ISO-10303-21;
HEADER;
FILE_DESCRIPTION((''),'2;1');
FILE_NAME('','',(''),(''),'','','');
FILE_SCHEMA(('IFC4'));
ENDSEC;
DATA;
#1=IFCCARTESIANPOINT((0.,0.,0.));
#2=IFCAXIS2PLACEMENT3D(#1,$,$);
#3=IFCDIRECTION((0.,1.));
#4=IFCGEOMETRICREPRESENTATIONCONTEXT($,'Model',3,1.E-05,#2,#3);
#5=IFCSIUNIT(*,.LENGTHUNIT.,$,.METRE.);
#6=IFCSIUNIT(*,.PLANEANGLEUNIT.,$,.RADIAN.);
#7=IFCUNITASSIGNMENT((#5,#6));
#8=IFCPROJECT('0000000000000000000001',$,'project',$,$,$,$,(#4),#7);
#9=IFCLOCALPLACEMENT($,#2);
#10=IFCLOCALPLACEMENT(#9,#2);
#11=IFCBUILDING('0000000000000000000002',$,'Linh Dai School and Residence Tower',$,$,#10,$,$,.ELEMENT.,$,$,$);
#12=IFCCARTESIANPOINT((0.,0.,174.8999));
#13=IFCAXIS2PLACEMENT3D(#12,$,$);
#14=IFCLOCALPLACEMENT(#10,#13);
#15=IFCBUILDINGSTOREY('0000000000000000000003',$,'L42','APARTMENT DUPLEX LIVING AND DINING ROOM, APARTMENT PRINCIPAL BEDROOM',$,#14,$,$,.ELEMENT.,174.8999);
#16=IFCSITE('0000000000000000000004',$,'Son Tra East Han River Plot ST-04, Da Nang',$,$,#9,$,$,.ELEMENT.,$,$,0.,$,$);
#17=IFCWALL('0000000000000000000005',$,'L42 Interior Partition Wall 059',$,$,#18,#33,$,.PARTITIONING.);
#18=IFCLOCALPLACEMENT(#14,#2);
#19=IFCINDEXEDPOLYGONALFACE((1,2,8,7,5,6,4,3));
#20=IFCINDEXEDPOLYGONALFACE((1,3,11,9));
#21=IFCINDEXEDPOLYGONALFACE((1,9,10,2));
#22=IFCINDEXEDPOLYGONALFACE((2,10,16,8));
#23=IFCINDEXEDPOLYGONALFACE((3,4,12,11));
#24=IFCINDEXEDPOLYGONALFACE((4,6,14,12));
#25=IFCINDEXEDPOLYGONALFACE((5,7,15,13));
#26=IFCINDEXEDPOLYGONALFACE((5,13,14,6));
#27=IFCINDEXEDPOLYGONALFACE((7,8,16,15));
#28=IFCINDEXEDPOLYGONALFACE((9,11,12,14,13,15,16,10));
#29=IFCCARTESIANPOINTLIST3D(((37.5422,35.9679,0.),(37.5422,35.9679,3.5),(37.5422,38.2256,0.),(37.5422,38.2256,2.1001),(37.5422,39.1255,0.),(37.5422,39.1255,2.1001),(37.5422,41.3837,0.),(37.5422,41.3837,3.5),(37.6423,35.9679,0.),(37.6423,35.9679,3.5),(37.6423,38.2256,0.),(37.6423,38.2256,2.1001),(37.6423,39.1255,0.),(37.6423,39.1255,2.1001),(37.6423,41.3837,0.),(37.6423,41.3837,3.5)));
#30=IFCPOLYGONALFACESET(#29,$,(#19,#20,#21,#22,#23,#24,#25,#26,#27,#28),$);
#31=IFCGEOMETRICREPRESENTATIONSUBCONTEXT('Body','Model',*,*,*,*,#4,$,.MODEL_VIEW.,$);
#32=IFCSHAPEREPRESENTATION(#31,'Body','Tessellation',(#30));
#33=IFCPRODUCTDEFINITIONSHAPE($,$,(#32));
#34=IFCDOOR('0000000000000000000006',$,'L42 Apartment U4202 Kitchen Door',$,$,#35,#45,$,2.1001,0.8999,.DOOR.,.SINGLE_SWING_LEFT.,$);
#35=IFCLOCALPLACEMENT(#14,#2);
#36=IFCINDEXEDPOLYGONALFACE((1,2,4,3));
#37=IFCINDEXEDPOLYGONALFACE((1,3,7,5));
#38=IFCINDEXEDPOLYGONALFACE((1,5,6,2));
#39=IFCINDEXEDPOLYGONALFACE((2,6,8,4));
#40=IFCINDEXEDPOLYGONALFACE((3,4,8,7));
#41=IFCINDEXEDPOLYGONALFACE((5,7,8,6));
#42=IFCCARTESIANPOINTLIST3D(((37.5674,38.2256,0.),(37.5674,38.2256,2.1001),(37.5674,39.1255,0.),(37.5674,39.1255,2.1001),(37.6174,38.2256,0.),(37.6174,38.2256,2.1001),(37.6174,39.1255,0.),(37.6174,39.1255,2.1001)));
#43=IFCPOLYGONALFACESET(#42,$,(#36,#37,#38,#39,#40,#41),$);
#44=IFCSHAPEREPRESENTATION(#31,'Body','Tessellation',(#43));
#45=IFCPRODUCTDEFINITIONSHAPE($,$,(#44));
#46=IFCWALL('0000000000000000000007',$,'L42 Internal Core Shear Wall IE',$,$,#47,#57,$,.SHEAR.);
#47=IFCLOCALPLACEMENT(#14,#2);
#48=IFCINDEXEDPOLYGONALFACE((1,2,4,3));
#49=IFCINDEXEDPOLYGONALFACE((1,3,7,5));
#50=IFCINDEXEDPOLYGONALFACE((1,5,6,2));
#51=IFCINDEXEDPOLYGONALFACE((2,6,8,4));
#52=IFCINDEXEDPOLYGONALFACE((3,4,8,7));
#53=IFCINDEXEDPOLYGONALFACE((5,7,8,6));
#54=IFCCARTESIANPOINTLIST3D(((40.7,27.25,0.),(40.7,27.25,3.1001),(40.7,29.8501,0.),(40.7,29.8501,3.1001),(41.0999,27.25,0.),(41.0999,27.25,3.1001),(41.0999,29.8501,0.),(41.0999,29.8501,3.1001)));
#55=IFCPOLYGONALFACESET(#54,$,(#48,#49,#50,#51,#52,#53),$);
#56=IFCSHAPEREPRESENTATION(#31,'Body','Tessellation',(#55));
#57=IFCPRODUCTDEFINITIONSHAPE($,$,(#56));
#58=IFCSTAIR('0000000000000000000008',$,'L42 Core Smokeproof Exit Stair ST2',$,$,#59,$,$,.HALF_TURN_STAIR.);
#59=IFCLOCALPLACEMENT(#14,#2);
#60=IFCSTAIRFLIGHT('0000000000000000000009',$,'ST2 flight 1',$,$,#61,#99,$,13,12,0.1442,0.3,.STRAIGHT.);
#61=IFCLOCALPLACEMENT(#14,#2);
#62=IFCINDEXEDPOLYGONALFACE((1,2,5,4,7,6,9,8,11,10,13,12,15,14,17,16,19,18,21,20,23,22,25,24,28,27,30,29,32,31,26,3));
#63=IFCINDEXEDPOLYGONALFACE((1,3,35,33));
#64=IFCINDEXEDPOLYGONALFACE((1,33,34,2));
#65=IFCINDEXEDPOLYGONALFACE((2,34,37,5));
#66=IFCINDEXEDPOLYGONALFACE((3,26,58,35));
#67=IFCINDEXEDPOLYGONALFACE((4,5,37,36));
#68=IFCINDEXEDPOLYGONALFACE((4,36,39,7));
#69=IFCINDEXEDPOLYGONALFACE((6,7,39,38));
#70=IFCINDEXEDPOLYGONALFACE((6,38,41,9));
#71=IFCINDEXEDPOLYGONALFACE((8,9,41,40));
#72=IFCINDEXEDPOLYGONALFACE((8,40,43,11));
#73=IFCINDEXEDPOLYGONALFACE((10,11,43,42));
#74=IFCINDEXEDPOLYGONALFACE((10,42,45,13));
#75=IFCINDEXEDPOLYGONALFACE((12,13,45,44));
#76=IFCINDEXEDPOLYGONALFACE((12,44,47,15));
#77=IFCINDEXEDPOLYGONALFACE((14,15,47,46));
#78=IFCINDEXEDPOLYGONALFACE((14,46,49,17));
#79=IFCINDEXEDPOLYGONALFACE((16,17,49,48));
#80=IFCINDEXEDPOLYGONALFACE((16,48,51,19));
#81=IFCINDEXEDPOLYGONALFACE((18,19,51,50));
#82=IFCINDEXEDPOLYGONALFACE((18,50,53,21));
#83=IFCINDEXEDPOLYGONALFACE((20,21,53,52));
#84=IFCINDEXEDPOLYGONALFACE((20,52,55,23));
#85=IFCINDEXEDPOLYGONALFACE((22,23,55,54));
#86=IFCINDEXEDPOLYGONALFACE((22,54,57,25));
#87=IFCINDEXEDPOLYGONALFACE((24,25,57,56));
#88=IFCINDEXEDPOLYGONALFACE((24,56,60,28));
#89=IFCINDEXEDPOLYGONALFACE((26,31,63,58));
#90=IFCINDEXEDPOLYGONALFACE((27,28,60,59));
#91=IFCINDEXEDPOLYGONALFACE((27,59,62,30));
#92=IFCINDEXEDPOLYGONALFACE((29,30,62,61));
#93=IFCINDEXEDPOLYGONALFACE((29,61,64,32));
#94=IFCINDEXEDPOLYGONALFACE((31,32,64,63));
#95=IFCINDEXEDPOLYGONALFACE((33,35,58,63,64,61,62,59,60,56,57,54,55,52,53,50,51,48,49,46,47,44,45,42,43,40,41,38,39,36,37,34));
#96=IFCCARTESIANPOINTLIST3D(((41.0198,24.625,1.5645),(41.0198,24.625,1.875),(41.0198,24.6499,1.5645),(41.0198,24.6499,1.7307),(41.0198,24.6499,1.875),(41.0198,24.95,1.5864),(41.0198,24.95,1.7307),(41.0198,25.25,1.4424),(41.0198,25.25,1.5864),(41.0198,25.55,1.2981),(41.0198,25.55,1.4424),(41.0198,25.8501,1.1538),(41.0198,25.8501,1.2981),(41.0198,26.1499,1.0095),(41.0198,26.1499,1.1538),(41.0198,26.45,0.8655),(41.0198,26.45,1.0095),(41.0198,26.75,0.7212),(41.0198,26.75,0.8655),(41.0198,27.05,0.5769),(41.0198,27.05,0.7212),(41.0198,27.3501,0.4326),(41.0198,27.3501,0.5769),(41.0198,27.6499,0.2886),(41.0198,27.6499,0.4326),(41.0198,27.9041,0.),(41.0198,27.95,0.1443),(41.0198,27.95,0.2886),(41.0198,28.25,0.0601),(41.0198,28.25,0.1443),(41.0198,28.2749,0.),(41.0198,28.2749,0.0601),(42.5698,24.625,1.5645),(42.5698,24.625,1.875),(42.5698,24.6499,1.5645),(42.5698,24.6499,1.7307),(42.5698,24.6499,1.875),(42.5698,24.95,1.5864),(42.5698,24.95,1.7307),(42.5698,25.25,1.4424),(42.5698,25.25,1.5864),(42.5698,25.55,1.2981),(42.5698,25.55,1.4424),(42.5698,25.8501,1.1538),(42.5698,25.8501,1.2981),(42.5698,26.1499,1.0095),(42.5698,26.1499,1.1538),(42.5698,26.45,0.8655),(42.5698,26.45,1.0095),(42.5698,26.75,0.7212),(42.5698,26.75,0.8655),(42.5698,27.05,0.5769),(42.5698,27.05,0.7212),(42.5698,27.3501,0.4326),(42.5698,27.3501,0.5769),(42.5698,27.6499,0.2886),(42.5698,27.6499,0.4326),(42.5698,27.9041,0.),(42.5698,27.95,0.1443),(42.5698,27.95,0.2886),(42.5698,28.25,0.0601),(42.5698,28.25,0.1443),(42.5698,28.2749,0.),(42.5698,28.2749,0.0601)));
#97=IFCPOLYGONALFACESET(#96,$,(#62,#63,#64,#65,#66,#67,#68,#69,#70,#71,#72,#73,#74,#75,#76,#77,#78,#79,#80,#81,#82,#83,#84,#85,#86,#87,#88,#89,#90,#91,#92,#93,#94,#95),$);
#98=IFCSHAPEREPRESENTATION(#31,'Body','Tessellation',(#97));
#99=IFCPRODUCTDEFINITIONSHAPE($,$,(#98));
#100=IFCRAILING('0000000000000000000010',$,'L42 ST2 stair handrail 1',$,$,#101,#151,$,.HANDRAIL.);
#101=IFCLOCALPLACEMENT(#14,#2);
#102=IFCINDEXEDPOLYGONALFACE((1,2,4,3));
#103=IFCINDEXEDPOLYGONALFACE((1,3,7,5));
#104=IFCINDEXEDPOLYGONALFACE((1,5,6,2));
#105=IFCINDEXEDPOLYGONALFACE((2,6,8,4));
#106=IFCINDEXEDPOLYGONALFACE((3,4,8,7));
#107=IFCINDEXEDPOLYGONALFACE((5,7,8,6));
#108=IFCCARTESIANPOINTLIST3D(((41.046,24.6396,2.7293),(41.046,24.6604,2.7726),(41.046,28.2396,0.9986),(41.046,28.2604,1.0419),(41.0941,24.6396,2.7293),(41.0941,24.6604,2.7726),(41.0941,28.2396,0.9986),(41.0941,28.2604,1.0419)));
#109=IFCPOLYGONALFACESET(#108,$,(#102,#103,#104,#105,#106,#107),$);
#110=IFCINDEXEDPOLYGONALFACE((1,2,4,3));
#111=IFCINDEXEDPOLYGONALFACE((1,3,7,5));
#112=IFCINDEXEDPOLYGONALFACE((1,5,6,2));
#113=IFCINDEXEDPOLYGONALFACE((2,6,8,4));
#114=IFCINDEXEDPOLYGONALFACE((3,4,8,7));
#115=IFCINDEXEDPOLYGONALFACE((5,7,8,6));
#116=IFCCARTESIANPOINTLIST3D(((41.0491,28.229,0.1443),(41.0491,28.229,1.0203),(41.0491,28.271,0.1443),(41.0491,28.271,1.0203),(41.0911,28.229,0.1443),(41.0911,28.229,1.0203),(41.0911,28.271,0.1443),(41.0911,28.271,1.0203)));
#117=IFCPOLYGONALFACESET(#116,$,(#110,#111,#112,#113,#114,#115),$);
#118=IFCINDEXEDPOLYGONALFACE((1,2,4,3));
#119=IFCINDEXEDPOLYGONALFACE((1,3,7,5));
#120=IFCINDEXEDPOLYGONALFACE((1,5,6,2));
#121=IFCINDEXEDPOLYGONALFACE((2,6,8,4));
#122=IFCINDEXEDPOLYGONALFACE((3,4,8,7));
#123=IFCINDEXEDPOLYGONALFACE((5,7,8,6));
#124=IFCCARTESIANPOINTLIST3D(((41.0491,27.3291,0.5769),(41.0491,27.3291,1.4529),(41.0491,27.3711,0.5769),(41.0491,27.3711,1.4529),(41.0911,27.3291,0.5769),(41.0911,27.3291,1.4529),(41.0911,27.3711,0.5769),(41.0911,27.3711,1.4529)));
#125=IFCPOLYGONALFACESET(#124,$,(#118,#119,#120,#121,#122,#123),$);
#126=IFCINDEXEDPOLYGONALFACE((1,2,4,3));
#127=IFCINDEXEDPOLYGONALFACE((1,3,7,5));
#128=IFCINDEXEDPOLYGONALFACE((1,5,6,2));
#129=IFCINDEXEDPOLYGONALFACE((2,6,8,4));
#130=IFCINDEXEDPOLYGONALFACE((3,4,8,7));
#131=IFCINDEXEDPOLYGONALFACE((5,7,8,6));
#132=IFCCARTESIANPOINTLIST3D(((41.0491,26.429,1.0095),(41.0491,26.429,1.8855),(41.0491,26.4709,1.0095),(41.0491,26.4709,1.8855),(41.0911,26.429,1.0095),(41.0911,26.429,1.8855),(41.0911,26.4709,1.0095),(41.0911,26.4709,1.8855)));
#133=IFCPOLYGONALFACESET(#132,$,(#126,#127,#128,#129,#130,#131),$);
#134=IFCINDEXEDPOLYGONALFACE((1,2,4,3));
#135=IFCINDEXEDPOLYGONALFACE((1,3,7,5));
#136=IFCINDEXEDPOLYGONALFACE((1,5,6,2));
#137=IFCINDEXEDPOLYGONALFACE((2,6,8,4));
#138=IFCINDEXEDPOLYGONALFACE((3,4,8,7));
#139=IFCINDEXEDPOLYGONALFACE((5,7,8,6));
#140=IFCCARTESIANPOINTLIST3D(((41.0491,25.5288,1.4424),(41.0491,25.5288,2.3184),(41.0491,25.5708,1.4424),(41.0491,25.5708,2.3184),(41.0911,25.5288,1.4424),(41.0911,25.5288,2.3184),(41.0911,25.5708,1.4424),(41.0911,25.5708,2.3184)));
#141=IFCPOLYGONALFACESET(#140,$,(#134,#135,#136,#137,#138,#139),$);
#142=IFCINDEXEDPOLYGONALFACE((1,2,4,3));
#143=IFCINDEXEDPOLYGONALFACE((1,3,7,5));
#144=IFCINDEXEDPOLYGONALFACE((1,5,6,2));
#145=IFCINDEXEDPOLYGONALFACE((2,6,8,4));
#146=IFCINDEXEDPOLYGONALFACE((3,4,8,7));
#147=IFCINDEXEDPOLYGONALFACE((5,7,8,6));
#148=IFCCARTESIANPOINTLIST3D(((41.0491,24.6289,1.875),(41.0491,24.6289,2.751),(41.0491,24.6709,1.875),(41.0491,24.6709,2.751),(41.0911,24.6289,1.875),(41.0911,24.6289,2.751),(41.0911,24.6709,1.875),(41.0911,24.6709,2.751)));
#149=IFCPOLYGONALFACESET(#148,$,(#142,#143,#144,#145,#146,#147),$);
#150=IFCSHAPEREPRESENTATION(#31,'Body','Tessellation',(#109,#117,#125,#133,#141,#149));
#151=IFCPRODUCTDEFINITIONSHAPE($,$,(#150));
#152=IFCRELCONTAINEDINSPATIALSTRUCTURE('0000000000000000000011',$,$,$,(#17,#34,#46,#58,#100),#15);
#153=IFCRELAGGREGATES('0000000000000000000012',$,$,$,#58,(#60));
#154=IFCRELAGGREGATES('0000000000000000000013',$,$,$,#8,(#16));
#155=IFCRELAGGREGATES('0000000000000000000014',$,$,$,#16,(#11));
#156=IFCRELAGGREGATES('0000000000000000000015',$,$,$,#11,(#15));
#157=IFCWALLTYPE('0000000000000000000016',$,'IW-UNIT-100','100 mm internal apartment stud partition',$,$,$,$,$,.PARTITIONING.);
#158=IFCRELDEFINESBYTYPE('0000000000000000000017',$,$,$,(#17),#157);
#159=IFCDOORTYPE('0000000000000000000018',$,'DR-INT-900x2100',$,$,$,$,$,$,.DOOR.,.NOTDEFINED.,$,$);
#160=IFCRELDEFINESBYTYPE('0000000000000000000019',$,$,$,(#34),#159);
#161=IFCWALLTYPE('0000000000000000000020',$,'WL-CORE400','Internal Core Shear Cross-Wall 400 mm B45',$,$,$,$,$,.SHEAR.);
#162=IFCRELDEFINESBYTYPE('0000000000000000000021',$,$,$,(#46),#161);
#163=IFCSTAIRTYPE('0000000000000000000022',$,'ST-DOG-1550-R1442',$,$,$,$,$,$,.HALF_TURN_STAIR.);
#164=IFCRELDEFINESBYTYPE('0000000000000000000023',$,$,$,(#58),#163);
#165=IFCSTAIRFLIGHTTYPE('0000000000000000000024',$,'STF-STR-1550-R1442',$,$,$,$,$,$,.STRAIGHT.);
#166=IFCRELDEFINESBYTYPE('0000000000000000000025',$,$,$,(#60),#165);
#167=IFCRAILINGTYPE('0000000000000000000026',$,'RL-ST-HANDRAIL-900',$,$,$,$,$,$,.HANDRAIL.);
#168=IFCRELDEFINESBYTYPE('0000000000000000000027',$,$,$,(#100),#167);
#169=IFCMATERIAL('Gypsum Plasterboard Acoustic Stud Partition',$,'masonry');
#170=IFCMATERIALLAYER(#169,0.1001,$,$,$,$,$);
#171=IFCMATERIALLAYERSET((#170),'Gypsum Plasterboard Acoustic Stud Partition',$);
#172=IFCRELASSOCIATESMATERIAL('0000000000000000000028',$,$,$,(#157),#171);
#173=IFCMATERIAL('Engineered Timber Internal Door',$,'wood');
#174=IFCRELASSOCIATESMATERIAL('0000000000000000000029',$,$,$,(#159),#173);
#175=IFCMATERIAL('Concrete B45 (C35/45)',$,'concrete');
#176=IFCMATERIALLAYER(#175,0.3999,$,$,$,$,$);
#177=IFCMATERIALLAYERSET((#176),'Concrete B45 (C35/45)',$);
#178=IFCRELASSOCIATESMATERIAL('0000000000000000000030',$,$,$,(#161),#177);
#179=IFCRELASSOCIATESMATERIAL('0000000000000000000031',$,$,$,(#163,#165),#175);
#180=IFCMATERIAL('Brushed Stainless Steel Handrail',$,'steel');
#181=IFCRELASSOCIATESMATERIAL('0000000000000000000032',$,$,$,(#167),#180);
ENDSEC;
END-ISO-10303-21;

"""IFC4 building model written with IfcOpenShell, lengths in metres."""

from ifc_helpers import new_model, si_unit, direction, frame, frame_2d, origin, origin_2d, place, context, subcontext, project, spatial, polyline, rectangle, outline, extrude, source, transform, mapped, material, layer, layer_set, type_object, element, fill, aggregate, save


model = new_model("IFC4")

# Units and contexts
model_context = context("Model", 3, precision=1e-05, world=origin(), true_north=direction((0.0, 1.0)))
body_context = subcontext(model_context, "Body", "Model", "MODEL_VIEW")
ifc_project = project(units=[si_unit("LENGTHUNIT", "METRE"), si_unit("PLANEANGLEUNIT", "RADIAN")], contexts=[model_context])

# Site, building, storey
site_placement = place(None, origin())
site = spatial("IfcSite", under=ifc_project, at=site_placement, Name="Son Tra East Han River Plot ST-04, Da Nang", CompositionType="ELEMENT", RefElevation=0.0)
building_placement = place(site_placement, origin())
building = spatial("IfcBuilding", under=site, at=building_placement, Name="Linh Dai School and Residence Tower", CompositionType="ELEMENT")
storey_placement = place(building_placement, frame((0.0, 0.0, 174.8999)))
storey = spatial("IfcBuildingStorey", under=building, at=storey_placement, Name="L42", Description="APARTMENT DUPLEX LIVING AND DINING ROOM, APARTMENT PRINCIPAL BEDROOM", CompositionType="ELEMENT", Elevation=174.8999)

# Shared definitions
ifc_material_1 = material(Name="Concrete B45 (C35/45)", Category="concrete")

# Wall, opening, door
ifc_material_2 = material(Name="Gypsum Plasterboard Acoustic Stud Partition", Category="masonry")
ifc_layer_1 = layer(ifc_material_2, 0.1001)
ifc_layer_set_1 = layer_set([ifc_layer_1], Name="Gypsum Plasterboard Acoustic Stud Partition")
wall_type_1 = type_object("IfcWallType", Name="IW-UNIT-100", Description="100 mm internal apartment stud partition", PredefinedType="PARTITIONING", material=ifc_layer_set_1)
wall_1_placement = place(storey_placement, frame((37.5923, 35.9678, 0.0), z_axis=(0.0, 0.0, 1.0), x_axis=(0.0, 1.0, 0.0)))
wall_1 = element("IfcWall", 1, at=wall_1_placement, inside=storey, type_object=wall_type_1, Name="L42 Interior Partition Wall 059", PredefinedType="PARTITIONING", context=body_context, shape_type="SweptSolid", body=[
    extrude(rectangle(XDim=5.4158, YDim=0.1001, at=frame_2d((2.708, 0.0))), origin(), (0.0, 0.0, 1.0), 3.5),
])
opening_1_placement = place(wall_1_placement, frame((2.2578, 0.0, 0.0)))
opening_1 = element("IfcOpeningElement", 2, at=opening_1_placement, cuts=wall_1, PredefinedType="OPENING", context=body_context, shape_type="SweptSolid", body=[
    extrude(rectangle(XDim=0.8999, YDim=2.1001, at=origin_2d()), frame((0.45, 0.0601, 1.05), z_axis=(0.0, -1.0, 0.0), x_axis=(1.0, 0.0, 0.0)), (0.0, 0.0, 1.0), 0.1201),
])
ifc_material_3 = material(Name="Engineered Timber Internal Door", Category="wood")
door_type_1 = type_object("IfcDoorType", Name="DR-INT-900x2100", OperationType="NOTDEFINED", PredefinedType="DOOR", material=ifc_material_3)
shared_shape_1 = source(origin(), body_context, "Body", "SweptSolid", [
    extrude(rectangle(XDim=0.8999, YDim=2.1001, at=origin_2d()), frame((0.45, 0.0249, 1.05), z_axis=(0.0, -1.0, 0.0), x_axis=(1.0, 0.0, 0.0)), (0.0, 0.0, 1.0), 0.05),
])
door_1_placement = place(opening_1_placement, origin())
door_1 = element("IfcDoor", 3, at=door_1_placement, inside=storey, type_object=door_type_1, Name="L42 Apartment U4202 Kitchen Door", OperationType="SINGLE_SWING_LEFT", OverallHeight=2.1001, OverallWidth=0.8999, PredefinedType="DOOR", context=body_context, shape_type="MappedRepresentation", body=[
    mapped(shared_shape_1, transform((0.0, 0.0, 0.0), x_axis=(1.0, 0.0, 0.0), y_axis=(0.0, 1.0, 0.0), z_axis=(0.0, 0.0, 1.0), scale=1.0)),
])
fill(opening_1, door_1)

# Wall
ifc_layer_2 = layer(ifc_material_1, 0.3999)
ifc_layer_set_2 = layer_set([ifc_layer_2], Name="Concrete B45 (C35/45)")
wall_type_2 = type_object("IfcWallType", Name="WL-CORE400", Description="Internal Core Shear Cross-Wall 400 mm B45", PredefinedType="SHEAR", material=ifc_layer_set_2)
wall_2_placement = place(storey_placement, frame((40.8999, 27.25, 0.0), z_axis=(0.0, 0.0, 1.0), x_axis=(0.0, 1.0, 0.0)))
element("IfcWall", 4, at=wall_2_placement, inside=storey, type_object=wall_type_2, Name="L42 Internal Core Shear Wall IE", PredefinedType="SHEAR", context=body_context, shape_type="SweptSolid", body=[
    extrude(rectangle(XDim=2.6001, YDim=0.3999, at=frame_2d((1.3, 0.0))), origin(), (0.0, 0.0, 1.0), 3.1001),
])

# Stair, stair flight
stair_type = type_object("IfcStairType", Name="ST-DOG-1550-R1442", PredefinedType="HALF_TURN_STAIR", material=ifc_material_1)
stair_placement = place(storey_placement, origin())
stair = element("IfcStair", 5, at=stair_placement, inside=storey, type_object=stair_type, Name="L42 Core Smokeproof Exit Stair ST2", PredefinedType="HALF_TURN_STAIR")
stair_flight_type = type_object("IfcStairFlightType", Name="STF-STR-1550-R1442", PredefinedType="STRAIGHT", material=ifc_material_1)
shared_shape_2 = source(origin(), body_context, "Body", "SweptSolid", [
    extrude(outline(polyline([(-0.0249, 0.0), (-0.0249, 0.0601), (0.0, 0.0601), (0.0, 0.1443), (0.3, 0.1443), (0.3, 0.2886), (0.6001, 0.2886), (0.6001, 0.4326), (0.8999, 0.4326), (0.8999, 0.5769), (1.2, 0.5769), (1.2, 0.7212), (1.5, 0.7212), (1.5, 0.8655), (1.8, 0.8655), (1.8, 1.0095), (2.1001, 1.0095), (2.1001, 1.1538), (2.3999, 1.1538), (2.3999, 1.2981), (2.7, 1.2981), (2.7, 1.4424), (3.0, 1.4424), (3.0, 1.5864), (3.3, 1.5864), (3.3, 1.7307), (3.6001, 1.7307), (3.6001, 1.875), (3.625, 1.875), (3.625, 1.5645), (3.6001, 1.5645), (0.3459, 0.0), (-0.0249, 0.0)])), frame((0.0, 0.7749, 0.0), z_axis=(0.0, -1.0, 0.0), x_axis=(1.0, 0.0, 0.0)), (0.0, 0.0, 1.0), 1.55),
])
stair_flight_placement = place(storey_placement, frame((41.7949, 28.25, 0.0), z_axis=(0.0, 0.0, 1.0), x_axis=(0.0, -1.0, 0.0)))
stair_flight = element("IfcStairFlight", 6, at=stair_flight_placement, type_object=stair_flight_type, Name="ST2 flight 1", NumberOfRisers=13, NumberOfTreads=12, PredefinedType="STRAIGHT", RiserHeight=0.1442, TreadLength=0.3, context=body_context, shape_type="MappedRepresentation", body=[
    mapped(shared_shape_2, transform((0.0, 0.0, 0.0), x_axis=(1.0, 0.0, 0.0), y_axis=(0.0, 1.0, 0.0), z_axis=(0.0, 0.0, 1.0), scale=1.0)),
])
aggregate(stair, [stair_flight])

# Railing
ifc_material_4 = material(Name="Brushed Stainless Steel Handrail", Category="steel")
railing_type_1 = type_object("IfcRailingType", Name="RL-ST-HANDRAIL-900", PredefinedType="HANDRAIL", material=ifc_material_4)
shared_shape_3 = source(origin(), body_context, "Body", "SweptSolid", [
    extrude(rectangle(XDim=0.0481, YDim=0.0481, at=origin_2d()), frame((0.0, 0.0, 0.876), z_axis=(0.0, -0.901263, 0.433273), x_axis=(1.0, 0.0, 0.0)), (0.0, 0.0, 1.0), 3.9944),
    extrude(rectangle(XDim=0.042, YDim=0.042, at=origin_2d()), origin(), (0.0, 0.0, 1.0), 0.876),
    extrude(rectangle(XDim=0.042, YDim=0.042, at=origin_2d()), frame((0.0, -0.8999, 0.4326)), (0.0, 0.0, 1.0), 0.876),
    extrude(rectangle(XDim=0.042, YDim=0.042, at=origin_2d()), frame((0.0, -1.8, 0.8652)), (0.0, 0.0, 1.0), 0.876),
    extrude(rectangle(XDim=0.042, YDim=0.042, at=origin_2d()), frame((0.0, -2.7002, 1.2981)), (0.0, 0.0, 1.0), 0.876),
    extrude(rectangle(XDim=0.042, YDim=0.042, at=origin_2d()), frame((0.0, -3.6001, 1.7307)), (0.0, 0.0, 1.0), 0.876),
])
railing_1_placement = place(storey_placement, frame((41.0701, 28.25, 0.1443)))
element("IfcRailing", 7, at=railing_1_placement, inside=storey, type_object=railing_type_1, Name="L42 ST2 stair handrail 1", PredefinedType="HANDRAIL", context=body_context, shape_type="MappedRepresentation", body=[
    mapped(shared_shape_3, transform((0.0, 0.0, 0.0), x_axis=(1.0, 0.0, 0.0), y_axis=(0.0, 1.0, 0.0), z_axis=(0.0, 0.0, 1.0), scale=1.0)),
])

save(model, "model.ifc")
